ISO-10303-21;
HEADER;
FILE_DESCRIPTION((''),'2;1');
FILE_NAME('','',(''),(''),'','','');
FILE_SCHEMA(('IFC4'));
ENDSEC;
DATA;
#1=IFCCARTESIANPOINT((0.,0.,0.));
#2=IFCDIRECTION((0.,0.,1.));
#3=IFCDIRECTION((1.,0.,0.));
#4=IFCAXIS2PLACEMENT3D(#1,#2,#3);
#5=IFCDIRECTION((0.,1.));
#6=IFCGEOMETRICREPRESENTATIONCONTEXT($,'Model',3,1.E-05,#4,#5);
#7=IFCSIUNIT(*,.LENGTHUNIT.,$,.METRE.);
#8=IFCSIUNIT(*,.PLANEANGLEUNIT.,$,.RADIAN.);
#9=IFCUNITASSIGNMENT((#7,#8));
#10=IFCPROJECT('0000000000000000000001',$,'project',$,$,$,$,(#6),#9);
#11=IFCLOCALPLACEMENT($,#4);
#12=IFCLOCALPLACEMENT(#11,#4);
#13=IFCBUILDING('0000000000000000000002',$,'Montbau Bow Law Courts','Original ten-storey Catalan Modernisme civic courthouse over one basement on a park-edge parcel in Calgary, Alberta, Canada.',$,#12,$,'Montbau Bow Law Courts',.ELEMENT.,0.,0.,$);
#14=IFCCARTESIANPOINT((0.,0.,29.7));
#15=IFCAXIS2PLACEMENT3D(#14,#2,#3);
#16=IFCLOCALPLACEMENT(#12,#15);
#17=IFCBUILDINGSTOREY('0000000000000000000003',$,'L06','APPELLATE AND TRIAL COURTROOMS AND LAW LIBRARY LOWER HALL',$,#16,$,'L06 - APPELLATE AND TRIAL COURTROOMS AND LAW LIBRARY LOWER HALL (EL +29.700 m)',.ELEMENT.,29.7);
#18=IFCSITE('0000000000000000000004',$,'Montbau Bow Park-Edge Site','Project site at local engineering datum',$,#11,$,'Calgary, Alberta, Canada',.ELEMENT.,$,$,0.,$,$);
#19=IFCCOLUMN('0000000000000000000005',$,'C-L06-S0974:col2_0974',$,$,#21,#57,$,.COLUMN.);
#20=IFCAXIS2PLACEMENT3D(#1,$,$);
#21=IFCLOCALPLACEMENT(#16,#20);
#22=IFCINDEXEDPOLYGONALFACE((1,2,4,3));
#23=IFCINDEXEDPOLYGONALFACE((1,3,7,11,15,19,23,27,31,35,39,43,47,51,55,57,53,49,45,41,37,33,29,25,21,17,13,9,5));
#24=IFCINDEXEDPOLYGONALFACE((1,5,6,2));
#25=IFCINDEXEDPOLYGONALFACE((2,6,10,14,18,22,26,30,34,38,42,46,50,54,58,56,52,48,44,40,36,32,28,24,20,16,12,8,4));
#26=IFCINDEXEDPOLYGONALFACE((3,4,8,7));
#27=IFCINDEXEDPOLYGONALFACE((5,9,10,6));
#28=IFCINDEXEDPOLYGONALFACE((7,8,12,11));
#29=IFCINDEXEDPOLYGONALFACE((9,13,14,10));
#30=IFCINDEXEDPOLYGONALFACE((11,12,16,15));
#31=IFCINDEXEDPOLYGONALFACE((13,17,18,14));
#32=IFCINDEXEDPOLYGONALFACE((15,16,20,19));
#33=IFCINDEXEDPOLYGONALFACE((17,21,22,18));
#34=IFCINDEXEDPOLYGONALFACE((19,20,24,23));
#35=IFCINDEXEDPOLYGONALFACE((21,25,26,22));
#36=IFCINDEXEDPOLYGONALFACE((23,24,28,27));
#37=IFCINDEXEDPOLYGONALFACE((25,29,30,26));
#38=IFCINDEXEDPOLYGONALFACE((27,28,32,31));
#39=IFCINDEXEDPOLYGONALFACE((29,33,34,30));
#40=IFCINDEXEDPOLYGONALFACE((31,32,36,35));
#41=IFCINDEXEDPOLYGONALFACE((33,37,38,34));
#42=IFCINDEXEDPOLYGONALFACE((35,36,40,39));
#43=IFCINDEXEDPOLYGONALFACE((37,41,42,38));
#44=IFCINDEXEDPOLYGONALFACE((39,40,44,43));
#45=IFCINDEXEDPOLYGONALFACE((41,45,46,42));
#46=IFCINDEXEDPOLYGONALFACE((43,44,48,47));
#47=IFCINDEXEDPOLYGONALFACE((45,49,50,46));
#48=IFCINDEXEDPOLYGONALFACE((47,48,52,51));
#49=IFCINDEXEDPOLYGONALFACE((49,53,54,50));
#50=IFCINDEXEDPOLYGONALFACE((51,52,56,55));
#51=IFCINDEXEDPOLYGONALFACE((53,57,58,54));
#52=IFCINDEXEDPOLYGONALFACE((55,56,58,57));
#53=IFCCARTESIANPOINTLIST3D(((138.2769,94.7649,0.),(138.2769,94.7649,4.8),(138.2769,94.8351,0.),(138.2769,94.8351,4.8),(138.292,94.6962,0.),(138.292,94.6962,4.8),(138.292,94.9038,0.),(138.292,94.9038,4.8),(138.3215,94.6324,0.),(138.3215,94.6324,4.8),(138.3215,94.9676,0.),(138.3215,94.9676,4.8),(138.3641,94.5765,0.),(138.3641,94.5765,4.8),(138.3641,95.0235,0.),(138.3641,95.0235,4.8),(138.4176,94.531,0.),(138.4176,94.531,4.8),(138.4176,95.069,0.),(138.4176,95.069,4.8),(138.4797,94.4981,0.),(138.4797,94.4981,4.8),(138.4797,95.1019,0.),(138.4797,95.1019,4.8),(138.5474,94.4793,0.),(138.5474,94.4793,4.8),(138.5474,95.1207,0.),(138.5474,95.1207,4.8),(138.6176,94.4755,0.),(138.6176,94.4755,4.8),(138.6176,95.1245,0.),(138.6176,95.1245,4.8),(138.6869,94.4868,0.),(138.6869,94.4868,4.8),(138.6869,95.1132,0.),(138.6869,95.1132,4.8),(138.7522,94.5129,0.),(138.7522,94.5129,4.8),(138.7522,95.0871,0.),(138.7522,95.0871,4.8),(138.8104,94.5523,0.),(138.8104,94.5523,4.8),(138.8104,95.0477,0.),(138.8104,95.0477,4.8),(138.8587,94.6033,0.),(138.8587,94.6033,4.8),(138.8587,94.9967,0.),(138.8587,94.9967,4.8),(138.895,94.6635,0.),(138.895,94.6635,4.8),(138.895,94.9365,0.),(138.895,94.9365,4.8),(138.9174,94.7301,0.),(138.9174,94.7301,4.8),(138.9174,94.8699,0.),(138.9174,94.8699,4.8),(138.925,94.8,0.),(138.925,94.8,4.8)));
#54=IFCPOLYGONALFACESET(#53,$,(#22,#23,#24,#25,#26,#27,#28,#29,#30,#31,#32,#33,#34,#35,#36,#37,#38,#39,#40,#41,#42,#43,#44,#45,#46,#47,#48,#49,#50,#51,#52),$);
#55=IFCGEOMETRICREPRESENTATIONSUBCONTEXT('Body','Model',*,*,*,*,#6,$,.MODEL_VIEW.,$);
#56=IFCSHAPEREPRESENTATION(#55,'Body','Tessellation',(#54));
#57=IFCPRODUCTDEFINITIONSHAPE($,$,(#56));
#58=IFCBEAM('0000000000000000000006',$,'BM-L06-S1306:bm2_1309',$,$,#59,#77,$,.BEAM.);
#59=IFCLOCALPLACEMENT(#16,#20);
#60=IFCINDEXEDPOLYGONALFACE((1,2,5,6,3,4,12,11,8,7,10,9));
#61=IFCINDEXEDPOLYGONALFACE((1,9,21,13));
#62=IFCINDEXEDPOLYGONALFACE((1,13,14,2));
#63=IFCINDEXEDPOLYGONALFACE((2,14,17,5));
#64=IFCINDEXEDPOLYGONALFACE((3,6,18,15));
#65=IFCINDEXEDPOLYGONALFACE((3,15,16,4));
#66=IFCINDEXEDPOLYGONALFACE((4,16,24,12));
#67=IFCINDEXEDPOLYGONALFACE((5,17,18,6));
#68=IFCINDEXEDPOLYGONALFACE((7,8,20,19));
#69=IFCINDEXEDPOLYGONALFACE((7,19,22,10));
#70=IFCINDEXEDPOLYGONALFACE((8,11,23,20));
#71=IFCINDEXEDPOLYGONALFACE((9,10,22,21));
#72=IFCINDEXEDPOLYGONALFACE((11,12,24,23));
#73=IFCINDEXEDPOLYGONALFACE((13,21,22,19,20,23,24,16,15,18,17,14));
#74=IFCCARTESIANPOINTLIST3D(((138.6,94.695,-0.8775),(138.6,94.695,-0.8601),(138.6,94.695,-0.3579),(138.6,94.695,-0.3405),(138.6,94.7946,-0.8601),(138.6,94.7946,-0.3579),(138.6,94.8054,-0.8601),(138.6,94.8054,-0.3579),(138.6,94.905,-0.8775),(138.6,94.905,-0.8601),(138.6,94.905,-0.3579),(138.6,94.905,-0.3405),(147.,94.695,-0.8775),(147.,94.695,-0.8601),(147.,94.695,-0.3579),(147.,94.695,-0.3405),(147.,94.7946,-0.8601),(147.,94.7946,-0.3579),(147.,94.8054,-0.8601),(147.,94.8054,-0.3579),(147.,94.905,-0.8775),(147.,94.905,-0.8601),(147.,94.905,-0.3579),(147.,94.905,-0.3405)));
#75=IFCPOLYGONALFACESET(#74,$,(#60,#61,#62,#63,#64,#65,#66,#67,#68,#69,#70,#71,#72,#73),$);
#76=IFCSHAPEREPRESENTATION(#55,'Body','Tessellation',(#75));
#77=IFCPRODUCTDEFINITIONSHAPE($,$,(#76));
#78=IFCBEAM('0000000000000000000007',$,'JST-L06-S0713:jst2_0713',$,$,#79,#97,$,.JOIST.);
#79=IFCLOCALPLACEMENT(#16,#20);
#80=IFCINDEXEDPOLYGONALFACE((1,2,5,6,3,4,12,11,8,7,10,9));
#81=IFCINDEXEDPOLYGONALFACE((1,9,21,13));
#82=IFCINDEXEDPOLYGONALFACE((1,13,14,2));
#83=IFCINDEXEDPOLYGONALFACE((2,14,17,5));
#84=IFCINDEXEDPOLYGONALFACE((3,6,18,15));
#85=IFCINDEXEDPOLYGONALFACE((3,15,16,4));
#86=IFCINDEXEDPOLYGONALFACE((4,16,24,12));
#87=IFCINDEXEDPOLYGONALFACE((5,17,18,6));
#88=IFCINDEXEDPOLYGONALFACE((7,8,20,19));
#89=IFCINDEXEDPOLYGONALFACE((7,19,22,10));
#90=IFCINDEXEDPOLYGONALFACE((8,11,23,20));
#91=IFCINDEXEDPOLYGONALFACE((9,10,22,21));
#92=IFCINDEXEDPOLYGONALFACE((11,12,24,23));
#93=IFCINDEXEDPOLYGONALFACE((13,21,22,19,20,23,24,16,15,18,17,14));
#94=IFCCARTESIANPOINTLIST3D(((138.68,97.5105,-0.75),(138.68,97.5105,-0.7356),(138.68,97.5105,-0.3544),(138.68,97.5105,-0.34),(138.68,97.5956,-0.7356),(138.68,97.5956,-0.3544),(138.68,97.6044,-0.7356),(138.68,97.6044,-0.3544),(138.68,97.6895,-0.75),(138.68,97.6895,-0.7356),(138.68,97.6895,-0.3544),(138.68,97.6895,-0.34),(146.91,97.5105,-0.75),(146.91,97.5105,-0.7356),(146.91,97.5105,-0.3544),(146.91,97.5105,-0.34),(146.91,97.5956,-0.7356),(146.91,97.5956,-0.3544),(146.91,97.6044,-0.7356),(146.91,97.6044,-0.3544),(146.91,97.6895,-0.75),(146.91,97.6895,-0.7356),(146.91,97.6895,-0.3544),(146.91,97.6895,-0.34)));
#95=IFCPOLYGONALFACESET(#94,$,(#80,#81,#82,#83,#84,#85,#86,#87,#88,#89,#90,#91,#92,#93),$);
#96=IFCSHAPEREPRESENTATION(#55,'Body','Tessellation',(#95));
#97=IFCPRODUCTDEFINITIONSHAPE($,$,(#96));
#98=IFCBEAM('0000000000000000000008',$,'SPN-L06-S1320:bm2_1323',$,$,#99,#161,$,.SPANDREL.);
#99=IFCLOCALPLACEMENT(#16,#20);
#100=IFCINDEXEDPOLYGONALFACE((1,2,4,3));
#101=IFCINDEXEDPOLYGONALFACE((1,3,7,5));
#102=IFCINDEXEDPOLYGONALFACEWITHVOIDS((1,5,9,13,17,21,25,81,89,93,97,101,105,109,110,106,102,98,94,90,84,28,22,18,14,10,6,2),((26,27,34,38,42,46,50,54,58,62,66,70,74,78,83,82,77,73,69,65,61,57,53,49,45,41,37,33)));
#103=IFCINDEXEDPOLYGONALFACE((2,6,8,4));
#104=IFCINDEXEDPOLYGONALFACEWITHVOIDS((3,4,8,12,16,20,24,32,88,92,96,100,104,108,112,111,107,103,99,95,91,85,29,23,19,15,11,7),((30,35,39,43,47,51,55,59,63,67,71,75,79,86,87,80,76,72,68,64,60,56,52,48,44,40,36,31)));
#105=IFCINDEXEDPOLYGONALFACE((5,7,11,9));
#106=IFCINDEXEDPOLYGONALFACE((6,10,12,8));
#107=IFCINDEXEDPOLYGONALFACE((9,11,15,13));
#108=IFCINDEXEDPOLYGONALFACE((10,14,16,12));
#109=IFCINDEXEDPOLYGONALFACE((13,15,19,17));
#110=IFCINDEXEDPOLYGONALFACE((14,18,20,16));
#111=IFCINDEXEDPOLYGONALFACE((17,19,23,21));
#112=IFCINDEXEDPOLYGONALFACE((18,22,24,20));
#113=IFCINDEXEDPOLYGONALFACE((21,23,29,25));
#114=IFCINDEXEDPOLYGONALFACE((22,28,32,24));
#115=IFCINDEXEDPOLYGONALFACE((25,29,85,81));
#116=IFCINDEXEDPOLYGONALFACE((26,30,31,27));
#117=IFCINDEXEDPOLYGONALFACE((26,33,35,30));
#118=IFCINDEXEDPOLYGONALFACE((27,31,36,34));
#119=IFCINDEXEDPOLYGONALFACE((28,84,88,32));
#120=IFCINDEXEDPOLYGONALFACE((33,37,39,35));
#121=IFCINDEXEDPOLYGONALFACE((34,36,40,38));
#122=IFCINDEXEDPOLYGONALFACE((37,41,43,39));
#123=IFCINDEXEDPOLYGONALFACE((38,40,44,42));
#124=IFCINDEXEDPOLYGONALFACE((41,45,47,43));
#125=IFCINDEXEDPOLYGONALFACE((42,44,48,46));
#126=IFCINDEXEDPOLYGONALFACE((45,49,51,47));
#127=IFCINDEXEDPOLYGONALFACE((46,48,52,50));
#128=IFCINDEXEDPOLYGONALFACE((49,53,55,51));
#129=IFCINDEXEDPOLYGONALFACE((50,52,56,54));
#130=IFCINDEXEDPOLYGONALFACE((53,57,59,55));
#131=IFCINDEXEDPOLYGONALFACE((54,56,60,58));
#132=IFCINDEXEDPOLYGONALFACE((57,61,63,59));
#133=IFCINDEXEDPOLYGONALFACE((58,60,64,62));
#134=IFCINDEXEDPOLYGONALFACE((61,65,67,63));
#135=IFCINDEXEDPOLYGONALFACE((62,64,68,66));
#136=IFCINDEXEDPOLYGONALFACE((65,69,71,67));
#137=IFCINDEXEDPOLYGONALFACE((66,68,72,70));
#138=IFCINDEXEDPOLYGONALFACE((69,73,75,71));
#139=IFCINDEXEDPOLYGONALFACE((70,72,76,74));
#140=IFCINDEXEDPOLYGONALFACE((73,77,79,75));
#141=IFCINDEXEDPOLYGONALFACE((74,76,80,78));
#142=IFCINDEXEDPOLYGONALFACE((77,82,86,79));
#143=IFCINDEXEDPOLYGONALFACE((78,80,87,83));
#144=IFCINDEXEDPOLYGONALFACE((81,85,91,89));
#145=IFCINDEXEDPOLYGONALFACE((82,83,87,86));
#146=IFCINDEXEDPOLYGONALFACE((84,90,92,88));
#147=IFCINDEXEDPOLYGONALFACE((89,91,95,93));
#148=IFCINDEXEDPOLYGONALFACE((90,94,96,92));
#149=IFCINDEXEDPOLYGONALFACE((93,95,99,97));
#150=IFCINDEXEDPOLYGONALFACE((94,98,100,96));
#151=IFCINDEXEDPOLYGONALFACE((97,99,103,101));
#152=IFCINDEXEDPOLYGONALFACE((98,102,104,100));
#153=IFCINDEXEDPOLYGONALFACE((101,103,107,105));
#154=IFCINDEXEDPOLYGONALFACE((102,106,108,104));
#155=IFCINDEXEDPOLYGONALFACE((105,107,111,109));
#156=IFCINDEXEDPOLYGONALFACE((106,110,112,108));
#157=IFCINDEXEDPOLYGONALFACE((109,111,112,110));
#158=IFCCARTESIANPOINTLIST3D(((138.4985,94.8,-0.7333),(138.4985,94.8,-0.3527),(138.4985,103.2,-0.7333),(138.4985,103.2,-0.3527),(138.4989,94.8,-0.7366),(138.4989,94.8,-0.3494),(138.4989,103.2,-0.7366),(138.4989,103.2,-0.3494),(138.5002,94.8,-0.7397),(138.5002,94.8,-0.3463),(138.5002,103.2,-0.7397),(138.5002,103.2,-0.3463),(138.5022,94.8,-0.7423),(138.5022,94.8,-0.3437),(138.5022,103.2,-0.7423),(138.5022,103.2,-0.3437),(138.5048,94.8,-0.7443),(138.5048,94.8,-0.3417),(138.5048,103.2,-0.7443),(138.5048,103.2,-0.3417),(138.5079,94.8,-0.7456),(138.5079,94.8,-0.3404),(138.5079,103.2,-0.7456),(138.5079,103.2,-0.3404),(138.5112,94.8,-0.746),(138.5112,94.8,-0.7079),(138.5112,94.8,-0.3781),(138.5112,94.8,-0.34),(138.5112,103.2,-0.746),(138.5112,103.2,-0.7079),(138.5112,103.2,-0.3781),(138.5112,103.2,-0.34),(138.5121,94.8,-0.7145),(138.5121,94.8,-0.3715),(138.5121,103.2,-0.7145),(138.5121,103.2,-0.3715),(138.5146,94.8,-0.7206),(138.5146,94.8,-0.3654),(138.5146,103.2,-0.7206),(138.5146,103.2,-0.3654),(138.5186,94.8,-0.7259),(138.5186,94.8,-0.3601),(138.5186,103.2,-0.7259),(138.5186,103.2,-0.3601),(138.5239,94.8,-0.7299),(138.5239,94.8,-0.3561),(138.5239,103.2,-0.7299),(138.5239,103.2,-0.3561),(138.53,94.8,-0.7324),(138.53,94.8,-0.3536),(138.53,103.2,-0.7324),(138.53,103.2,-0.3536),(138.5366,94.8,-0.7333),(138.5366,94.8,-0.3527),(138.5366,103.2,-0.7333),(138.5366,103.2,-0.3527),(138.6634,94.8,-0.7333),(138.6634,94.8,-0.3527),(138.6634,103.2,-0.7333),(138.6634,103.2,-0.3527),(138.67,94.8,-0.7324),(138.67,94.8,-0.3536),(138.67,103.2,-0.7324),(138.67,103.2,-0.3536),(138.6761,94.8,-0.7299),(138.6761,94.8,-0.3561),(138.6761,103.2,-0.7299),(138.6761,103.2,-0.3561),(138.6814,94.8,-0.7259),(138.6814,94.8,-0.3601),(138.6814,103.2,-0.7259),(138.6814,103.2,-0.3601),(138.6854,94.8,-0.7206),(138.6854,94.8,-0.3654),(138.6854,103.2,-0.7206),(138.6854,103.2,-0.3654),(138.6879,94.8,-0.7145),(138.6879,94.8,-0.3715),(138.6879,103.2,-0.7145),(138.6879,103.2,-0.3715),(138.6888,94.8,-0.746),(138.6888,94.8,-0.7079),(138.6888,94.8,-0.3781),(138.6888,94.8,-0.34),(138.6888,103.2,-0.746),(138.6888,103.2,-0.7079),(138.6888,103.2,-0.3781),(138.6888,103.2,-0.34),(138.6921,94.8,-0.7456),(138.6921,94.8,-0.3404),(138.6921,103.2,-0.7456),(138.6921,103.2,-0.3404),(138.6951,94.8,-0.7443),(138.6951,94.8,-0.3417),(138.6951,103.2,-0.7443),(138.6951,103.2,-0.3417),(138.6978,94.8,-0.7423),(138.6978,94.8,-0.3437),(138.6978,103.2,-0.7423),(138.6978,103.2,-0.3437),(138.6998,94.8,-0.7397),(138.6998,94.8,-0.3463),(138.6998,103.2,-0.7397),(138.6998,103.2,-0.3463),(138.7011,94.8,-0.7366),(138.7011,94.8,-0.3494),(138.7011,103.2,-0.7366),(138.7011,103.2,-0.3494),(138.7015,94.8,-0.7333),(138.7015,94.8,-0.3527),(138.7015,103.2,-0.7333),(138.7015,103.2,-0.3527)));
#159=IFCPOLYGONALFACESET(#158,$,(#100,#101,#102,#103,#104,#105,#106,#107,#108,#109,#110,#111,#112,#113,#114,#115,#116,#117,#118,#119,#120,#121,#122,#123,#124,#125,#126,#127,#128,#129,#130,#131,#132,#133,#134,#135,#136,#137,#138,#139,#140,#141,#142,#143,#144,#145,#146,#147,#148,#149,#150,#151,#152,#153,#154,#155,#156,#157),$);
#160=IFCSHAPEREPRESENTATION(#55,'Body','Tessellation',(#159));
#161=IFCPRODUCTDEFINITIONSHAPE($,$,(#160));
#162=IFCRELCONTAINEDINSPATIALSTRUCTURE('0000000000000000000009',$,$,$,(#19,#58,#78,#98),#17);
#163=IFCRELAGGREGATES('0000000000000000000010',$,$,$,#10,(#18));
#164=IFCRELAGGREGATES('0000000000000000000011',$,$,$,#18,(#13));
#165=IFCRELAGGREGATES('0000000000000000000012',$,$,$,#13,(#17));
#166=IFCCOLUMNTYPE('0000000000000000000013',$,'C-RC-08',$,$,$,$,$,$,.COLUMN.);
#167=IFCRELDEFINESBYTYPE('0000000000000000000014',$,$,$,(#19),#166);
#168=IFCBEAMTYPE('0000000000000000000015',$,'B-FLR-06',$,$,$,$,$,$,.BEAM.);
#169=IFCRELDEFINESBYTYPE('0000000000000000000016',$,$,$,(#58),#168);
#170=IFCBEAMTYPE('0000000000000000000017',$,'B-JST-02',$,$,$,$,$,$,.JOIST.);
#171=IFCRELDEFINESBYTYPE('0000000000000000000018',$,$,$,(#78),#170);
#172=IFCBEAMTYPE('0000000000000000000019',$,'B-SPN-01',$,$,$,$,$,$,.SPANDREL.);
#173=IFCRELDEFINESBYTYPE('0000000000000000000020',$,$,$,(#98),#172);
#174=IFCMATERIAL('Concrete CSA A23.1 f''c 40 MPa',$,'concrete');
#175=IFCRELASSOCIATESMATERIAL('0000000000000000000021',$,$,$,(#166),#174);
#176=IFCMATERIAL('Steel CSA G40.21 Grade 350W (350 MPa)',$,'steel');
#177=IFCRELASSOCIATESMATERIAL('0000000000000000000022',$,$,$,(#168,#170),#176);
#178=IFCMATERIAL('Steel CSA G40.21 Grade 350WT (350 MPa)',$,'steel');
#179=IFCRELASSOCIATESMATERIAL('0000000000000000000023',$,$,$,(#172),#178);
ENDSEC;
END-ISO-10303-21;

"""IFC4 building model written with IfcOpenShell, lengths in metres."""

from ifc_helpers import new_model, si_unit, direction, frame, origin_with_axes, origin_2d_with_axis, place, context, subcontext, project, spatial, hollow_rectangle, circle, i_section, extrude, material, material_profile, profile_set, type_object, element, save


model = new_model("IFC4")

# Units and contexts
model_context = context("Model", 3, precision=1e-05, world=origin_with_axes(), true_north=direction((0.0, 1.0)))
body_context = subcontext(model_context, "Body", "Model", "MODEL_VIEW")
ifc_project = project(units=[si_unit("LENGTHUNIT", "METRE"), si_unit("PLANEANGLEUNIT", "RADIAN")], contexts=[model_context])

# Site, building, storey
site_placement = place(None, origin_with_axes())
site = spatial("IfcSite", under=ifc_project, at=site_placement, Name="Montbau Bow Park-Edge Site", Description="Project site at local engineering datum", LongName="Calgary, Alberta, Canada", CompositionType="ELEMENT", RefElevation=0.0)
building_placement = place(site_placement, origin_with_axes())
building = spatial("IfcBuilding", under=site, at=building_placement, Name="Montbau Bow Law Courts", Description="Original ten-storey Catalan Modernisme civic courthouse over one basement on a park-edge parcel in Calgary, Alberta, Canada.", LongName="Montbau Bow Law Courts", CompositionType="ELEMENT", ElevationOfRefHeight=0.0, ElevationOfTerrain=0.0)
storey_placement = place(building_placement, frame((0.0, 0.0, 29.7), z_axis=(0.0, 0.0, 1.0), x_axis=(1.0, 0.0, 0.0)))
storey = spatial("IfcBuildingStorey", under=building, at=storey_placement, Name="L06", Description="APPELLATE AND TRIAL COURTROOMS AND LAW LIBRARY LOWER HALL", LongName="L06 - APPELLATE AND TRIAL COURTROOMS AND LAW LIBRARY LOWER HALL (EL +29.700 m)", CompositionType="ELEMENT", Elevation=29.7)

# Column
ifc_material_1 = material(Name="Concrete CSA A23.1 f'c 40 MPa", Category="concrete")
ifc_material_profile_1 = material_profile(ifc_material_1, circle(Radius=0.325, at=origin_2d_with_axis()), Name="RC650D", Category="Main", Priority=0)
ifc_profile_set_1 = profile_set([ifc_material_profile_1], Name="Concrete CSA A23.1 f'c 40 MPa")
column_type = type_object("IfcColumnType", Name="C-RC-08", PredefinedType="COLUMN", material=ifc_profile_set_1)
column_placement = place(None, frame((138.6, 94.8, 29.7), z_axis=(0.0, 0.0, 1.0), x_axis=(1.0, 0.0, 0.0)))
element("IfcColumn", 1, at=column_placement, inside=storey, type_object=column_type, Name="C-L06-S0974:col2_0974", PredefinedType="COLUMN", context=body_context, shape_type="SweptSolid", body=[
    extrude(circle(Radius=0.325, at=origin_2d_with_axis()), origin_with_axes(), (0.0, 0.0, 1.0), 4.8),
])

# Beams
ifc_material_2 = material(Name="Steel CSA G40.21 Grade 350W (350 MPa)", Category="steel")
ifc_material_profile_2 = material_profile(ifc_material_2, i_section(OverallWidth=0.21, OverallDepth=0.537, WebThickness=0.0109, FlangeThickness=0.0174, at=origin_2d_with_axis()), Name="W530X101", Category="Main", Priority=0)
ifc_profile_set_2 = profile_set([ifc_material_profile_2], Name="Steel CSA G40.21 Grade 350W (350 MPa)")
beam_type_1 = type_object("IfcBeamType", Name="B-FLR-06", PredefinedType="BEAM", material=ifc_profile_set_2)
beam_1_placement = place(None, frame((138.6, 94.8, 29.091), z_axis=(1.0, 0.0, 0.0), x_axis=(0.0, 1.0, 0.0)))
element("IfcBeam", 2, at=beam_1_placement, inside=storey, type_object=beam_type_1, Name="BM-L06-S1306:bm2_1309", PredefinedType="BEAM", context=body_context, shape_type="SweptSolid", body=[
    extrude(i_section(OverallWidth=0.21, OverallDepth=0.537, WebThickness=0.0109, FlangeThickness=0.0174, at=origin_2d_with_axis()), origin_with_axes(), (0.0, 0.0, 1.0), 8.4),
])
ifc_material_profile_3 = material_profile(ifc_material_2, i_section(OverallWidth=0.179, OverallDepth=0.41, WebThickness=0.0088, FlangeThickness=0.0144, at=origin_2d_with_axis()), Name="W410X67", Category="Main", Priority=0)
ifc_profile_set_3 = profile_set([ifc_material_profile_3], Name="Steel CSA G40.21 Grade 350W (350 MPa)")
beam_type_2 = type_object("IfcBeamType", Name="B-JST-02", PredefinedType="JOIST", material=ifc_profile_set_3)
beam_2_placement = place(None, frame((138.68, 97.6, 29.155), z_axis=(1.0, 0.0, 0.0), x_axis=(0.0, 1.0, 0.0)))
element("IfcBeam", 3, at=beam_2_placement, inside=storey, type_object=beam_type_2, Name="JST-L06-S0713:jst2_0713", PredefinedType="JOIST", context=body_context, shape_type="SweptSolid", body=[
    extrude(i_section(OverallWidth=0.179, OverallDepth=0.41, WebThickness=0.0088, FlangeThickness=0.0144, at=origin_2d_with_axis()), origin_with_axes(), (0.0, 0.0, 1.0), 8.23),
])
ifc_material_3 = material(Name="Steel CSA G40.21 Grade 350WT (350 MPa)", Category="steel")
ifc_material_profile_4 = material_profile(ifc_material_3, hollow_rectangle(XDim=0.203, YDim=0.406, WallThickness=0.0127, InnerFilletRadius=0.0254, OuterFilletRadius=0.0127, at=origin_2d_with_axis()), Name="HSS406X203X13", Category="Main", Priority=0)
ifc_profile_set_4 = profile_set([ifc_material_profile_4], Name="Steel CSA G40.21 Grade 350WT (350 MPa)")
beam_type_3 = type_object("IfcBeamType", Name="B-SPN-01", PredefinedType="SPANDREL", material=ifc_profile_set_4)
beam_3_placement = place(None, frame((138.6, 94.8, 29.157), z_axis=(0.0, 1.0, 0.0), x_axis=(-1.0, 0.0, 0.0)))
element("IfcBeam", 4, at=beam_3_placement, inside=storey, type_object=beam_type_3, Name="SPN-L06-S1320:bm2_1323", PredefinedType="SPANDREL", context=body_context, shape_type="SweptSolid", body=[
    extrude(hollow_rectangle(XDim=0.203, YDim=0.406, WallThickness=0.0127, InnerFilletRadius=0.0254, OuterFilletRadius=0.0127, at=origin_2d_with_axis()), origin_with_axes(), (0.0, 0.0, 1.0), 8.4),
])

save(model, "model.ifc")
